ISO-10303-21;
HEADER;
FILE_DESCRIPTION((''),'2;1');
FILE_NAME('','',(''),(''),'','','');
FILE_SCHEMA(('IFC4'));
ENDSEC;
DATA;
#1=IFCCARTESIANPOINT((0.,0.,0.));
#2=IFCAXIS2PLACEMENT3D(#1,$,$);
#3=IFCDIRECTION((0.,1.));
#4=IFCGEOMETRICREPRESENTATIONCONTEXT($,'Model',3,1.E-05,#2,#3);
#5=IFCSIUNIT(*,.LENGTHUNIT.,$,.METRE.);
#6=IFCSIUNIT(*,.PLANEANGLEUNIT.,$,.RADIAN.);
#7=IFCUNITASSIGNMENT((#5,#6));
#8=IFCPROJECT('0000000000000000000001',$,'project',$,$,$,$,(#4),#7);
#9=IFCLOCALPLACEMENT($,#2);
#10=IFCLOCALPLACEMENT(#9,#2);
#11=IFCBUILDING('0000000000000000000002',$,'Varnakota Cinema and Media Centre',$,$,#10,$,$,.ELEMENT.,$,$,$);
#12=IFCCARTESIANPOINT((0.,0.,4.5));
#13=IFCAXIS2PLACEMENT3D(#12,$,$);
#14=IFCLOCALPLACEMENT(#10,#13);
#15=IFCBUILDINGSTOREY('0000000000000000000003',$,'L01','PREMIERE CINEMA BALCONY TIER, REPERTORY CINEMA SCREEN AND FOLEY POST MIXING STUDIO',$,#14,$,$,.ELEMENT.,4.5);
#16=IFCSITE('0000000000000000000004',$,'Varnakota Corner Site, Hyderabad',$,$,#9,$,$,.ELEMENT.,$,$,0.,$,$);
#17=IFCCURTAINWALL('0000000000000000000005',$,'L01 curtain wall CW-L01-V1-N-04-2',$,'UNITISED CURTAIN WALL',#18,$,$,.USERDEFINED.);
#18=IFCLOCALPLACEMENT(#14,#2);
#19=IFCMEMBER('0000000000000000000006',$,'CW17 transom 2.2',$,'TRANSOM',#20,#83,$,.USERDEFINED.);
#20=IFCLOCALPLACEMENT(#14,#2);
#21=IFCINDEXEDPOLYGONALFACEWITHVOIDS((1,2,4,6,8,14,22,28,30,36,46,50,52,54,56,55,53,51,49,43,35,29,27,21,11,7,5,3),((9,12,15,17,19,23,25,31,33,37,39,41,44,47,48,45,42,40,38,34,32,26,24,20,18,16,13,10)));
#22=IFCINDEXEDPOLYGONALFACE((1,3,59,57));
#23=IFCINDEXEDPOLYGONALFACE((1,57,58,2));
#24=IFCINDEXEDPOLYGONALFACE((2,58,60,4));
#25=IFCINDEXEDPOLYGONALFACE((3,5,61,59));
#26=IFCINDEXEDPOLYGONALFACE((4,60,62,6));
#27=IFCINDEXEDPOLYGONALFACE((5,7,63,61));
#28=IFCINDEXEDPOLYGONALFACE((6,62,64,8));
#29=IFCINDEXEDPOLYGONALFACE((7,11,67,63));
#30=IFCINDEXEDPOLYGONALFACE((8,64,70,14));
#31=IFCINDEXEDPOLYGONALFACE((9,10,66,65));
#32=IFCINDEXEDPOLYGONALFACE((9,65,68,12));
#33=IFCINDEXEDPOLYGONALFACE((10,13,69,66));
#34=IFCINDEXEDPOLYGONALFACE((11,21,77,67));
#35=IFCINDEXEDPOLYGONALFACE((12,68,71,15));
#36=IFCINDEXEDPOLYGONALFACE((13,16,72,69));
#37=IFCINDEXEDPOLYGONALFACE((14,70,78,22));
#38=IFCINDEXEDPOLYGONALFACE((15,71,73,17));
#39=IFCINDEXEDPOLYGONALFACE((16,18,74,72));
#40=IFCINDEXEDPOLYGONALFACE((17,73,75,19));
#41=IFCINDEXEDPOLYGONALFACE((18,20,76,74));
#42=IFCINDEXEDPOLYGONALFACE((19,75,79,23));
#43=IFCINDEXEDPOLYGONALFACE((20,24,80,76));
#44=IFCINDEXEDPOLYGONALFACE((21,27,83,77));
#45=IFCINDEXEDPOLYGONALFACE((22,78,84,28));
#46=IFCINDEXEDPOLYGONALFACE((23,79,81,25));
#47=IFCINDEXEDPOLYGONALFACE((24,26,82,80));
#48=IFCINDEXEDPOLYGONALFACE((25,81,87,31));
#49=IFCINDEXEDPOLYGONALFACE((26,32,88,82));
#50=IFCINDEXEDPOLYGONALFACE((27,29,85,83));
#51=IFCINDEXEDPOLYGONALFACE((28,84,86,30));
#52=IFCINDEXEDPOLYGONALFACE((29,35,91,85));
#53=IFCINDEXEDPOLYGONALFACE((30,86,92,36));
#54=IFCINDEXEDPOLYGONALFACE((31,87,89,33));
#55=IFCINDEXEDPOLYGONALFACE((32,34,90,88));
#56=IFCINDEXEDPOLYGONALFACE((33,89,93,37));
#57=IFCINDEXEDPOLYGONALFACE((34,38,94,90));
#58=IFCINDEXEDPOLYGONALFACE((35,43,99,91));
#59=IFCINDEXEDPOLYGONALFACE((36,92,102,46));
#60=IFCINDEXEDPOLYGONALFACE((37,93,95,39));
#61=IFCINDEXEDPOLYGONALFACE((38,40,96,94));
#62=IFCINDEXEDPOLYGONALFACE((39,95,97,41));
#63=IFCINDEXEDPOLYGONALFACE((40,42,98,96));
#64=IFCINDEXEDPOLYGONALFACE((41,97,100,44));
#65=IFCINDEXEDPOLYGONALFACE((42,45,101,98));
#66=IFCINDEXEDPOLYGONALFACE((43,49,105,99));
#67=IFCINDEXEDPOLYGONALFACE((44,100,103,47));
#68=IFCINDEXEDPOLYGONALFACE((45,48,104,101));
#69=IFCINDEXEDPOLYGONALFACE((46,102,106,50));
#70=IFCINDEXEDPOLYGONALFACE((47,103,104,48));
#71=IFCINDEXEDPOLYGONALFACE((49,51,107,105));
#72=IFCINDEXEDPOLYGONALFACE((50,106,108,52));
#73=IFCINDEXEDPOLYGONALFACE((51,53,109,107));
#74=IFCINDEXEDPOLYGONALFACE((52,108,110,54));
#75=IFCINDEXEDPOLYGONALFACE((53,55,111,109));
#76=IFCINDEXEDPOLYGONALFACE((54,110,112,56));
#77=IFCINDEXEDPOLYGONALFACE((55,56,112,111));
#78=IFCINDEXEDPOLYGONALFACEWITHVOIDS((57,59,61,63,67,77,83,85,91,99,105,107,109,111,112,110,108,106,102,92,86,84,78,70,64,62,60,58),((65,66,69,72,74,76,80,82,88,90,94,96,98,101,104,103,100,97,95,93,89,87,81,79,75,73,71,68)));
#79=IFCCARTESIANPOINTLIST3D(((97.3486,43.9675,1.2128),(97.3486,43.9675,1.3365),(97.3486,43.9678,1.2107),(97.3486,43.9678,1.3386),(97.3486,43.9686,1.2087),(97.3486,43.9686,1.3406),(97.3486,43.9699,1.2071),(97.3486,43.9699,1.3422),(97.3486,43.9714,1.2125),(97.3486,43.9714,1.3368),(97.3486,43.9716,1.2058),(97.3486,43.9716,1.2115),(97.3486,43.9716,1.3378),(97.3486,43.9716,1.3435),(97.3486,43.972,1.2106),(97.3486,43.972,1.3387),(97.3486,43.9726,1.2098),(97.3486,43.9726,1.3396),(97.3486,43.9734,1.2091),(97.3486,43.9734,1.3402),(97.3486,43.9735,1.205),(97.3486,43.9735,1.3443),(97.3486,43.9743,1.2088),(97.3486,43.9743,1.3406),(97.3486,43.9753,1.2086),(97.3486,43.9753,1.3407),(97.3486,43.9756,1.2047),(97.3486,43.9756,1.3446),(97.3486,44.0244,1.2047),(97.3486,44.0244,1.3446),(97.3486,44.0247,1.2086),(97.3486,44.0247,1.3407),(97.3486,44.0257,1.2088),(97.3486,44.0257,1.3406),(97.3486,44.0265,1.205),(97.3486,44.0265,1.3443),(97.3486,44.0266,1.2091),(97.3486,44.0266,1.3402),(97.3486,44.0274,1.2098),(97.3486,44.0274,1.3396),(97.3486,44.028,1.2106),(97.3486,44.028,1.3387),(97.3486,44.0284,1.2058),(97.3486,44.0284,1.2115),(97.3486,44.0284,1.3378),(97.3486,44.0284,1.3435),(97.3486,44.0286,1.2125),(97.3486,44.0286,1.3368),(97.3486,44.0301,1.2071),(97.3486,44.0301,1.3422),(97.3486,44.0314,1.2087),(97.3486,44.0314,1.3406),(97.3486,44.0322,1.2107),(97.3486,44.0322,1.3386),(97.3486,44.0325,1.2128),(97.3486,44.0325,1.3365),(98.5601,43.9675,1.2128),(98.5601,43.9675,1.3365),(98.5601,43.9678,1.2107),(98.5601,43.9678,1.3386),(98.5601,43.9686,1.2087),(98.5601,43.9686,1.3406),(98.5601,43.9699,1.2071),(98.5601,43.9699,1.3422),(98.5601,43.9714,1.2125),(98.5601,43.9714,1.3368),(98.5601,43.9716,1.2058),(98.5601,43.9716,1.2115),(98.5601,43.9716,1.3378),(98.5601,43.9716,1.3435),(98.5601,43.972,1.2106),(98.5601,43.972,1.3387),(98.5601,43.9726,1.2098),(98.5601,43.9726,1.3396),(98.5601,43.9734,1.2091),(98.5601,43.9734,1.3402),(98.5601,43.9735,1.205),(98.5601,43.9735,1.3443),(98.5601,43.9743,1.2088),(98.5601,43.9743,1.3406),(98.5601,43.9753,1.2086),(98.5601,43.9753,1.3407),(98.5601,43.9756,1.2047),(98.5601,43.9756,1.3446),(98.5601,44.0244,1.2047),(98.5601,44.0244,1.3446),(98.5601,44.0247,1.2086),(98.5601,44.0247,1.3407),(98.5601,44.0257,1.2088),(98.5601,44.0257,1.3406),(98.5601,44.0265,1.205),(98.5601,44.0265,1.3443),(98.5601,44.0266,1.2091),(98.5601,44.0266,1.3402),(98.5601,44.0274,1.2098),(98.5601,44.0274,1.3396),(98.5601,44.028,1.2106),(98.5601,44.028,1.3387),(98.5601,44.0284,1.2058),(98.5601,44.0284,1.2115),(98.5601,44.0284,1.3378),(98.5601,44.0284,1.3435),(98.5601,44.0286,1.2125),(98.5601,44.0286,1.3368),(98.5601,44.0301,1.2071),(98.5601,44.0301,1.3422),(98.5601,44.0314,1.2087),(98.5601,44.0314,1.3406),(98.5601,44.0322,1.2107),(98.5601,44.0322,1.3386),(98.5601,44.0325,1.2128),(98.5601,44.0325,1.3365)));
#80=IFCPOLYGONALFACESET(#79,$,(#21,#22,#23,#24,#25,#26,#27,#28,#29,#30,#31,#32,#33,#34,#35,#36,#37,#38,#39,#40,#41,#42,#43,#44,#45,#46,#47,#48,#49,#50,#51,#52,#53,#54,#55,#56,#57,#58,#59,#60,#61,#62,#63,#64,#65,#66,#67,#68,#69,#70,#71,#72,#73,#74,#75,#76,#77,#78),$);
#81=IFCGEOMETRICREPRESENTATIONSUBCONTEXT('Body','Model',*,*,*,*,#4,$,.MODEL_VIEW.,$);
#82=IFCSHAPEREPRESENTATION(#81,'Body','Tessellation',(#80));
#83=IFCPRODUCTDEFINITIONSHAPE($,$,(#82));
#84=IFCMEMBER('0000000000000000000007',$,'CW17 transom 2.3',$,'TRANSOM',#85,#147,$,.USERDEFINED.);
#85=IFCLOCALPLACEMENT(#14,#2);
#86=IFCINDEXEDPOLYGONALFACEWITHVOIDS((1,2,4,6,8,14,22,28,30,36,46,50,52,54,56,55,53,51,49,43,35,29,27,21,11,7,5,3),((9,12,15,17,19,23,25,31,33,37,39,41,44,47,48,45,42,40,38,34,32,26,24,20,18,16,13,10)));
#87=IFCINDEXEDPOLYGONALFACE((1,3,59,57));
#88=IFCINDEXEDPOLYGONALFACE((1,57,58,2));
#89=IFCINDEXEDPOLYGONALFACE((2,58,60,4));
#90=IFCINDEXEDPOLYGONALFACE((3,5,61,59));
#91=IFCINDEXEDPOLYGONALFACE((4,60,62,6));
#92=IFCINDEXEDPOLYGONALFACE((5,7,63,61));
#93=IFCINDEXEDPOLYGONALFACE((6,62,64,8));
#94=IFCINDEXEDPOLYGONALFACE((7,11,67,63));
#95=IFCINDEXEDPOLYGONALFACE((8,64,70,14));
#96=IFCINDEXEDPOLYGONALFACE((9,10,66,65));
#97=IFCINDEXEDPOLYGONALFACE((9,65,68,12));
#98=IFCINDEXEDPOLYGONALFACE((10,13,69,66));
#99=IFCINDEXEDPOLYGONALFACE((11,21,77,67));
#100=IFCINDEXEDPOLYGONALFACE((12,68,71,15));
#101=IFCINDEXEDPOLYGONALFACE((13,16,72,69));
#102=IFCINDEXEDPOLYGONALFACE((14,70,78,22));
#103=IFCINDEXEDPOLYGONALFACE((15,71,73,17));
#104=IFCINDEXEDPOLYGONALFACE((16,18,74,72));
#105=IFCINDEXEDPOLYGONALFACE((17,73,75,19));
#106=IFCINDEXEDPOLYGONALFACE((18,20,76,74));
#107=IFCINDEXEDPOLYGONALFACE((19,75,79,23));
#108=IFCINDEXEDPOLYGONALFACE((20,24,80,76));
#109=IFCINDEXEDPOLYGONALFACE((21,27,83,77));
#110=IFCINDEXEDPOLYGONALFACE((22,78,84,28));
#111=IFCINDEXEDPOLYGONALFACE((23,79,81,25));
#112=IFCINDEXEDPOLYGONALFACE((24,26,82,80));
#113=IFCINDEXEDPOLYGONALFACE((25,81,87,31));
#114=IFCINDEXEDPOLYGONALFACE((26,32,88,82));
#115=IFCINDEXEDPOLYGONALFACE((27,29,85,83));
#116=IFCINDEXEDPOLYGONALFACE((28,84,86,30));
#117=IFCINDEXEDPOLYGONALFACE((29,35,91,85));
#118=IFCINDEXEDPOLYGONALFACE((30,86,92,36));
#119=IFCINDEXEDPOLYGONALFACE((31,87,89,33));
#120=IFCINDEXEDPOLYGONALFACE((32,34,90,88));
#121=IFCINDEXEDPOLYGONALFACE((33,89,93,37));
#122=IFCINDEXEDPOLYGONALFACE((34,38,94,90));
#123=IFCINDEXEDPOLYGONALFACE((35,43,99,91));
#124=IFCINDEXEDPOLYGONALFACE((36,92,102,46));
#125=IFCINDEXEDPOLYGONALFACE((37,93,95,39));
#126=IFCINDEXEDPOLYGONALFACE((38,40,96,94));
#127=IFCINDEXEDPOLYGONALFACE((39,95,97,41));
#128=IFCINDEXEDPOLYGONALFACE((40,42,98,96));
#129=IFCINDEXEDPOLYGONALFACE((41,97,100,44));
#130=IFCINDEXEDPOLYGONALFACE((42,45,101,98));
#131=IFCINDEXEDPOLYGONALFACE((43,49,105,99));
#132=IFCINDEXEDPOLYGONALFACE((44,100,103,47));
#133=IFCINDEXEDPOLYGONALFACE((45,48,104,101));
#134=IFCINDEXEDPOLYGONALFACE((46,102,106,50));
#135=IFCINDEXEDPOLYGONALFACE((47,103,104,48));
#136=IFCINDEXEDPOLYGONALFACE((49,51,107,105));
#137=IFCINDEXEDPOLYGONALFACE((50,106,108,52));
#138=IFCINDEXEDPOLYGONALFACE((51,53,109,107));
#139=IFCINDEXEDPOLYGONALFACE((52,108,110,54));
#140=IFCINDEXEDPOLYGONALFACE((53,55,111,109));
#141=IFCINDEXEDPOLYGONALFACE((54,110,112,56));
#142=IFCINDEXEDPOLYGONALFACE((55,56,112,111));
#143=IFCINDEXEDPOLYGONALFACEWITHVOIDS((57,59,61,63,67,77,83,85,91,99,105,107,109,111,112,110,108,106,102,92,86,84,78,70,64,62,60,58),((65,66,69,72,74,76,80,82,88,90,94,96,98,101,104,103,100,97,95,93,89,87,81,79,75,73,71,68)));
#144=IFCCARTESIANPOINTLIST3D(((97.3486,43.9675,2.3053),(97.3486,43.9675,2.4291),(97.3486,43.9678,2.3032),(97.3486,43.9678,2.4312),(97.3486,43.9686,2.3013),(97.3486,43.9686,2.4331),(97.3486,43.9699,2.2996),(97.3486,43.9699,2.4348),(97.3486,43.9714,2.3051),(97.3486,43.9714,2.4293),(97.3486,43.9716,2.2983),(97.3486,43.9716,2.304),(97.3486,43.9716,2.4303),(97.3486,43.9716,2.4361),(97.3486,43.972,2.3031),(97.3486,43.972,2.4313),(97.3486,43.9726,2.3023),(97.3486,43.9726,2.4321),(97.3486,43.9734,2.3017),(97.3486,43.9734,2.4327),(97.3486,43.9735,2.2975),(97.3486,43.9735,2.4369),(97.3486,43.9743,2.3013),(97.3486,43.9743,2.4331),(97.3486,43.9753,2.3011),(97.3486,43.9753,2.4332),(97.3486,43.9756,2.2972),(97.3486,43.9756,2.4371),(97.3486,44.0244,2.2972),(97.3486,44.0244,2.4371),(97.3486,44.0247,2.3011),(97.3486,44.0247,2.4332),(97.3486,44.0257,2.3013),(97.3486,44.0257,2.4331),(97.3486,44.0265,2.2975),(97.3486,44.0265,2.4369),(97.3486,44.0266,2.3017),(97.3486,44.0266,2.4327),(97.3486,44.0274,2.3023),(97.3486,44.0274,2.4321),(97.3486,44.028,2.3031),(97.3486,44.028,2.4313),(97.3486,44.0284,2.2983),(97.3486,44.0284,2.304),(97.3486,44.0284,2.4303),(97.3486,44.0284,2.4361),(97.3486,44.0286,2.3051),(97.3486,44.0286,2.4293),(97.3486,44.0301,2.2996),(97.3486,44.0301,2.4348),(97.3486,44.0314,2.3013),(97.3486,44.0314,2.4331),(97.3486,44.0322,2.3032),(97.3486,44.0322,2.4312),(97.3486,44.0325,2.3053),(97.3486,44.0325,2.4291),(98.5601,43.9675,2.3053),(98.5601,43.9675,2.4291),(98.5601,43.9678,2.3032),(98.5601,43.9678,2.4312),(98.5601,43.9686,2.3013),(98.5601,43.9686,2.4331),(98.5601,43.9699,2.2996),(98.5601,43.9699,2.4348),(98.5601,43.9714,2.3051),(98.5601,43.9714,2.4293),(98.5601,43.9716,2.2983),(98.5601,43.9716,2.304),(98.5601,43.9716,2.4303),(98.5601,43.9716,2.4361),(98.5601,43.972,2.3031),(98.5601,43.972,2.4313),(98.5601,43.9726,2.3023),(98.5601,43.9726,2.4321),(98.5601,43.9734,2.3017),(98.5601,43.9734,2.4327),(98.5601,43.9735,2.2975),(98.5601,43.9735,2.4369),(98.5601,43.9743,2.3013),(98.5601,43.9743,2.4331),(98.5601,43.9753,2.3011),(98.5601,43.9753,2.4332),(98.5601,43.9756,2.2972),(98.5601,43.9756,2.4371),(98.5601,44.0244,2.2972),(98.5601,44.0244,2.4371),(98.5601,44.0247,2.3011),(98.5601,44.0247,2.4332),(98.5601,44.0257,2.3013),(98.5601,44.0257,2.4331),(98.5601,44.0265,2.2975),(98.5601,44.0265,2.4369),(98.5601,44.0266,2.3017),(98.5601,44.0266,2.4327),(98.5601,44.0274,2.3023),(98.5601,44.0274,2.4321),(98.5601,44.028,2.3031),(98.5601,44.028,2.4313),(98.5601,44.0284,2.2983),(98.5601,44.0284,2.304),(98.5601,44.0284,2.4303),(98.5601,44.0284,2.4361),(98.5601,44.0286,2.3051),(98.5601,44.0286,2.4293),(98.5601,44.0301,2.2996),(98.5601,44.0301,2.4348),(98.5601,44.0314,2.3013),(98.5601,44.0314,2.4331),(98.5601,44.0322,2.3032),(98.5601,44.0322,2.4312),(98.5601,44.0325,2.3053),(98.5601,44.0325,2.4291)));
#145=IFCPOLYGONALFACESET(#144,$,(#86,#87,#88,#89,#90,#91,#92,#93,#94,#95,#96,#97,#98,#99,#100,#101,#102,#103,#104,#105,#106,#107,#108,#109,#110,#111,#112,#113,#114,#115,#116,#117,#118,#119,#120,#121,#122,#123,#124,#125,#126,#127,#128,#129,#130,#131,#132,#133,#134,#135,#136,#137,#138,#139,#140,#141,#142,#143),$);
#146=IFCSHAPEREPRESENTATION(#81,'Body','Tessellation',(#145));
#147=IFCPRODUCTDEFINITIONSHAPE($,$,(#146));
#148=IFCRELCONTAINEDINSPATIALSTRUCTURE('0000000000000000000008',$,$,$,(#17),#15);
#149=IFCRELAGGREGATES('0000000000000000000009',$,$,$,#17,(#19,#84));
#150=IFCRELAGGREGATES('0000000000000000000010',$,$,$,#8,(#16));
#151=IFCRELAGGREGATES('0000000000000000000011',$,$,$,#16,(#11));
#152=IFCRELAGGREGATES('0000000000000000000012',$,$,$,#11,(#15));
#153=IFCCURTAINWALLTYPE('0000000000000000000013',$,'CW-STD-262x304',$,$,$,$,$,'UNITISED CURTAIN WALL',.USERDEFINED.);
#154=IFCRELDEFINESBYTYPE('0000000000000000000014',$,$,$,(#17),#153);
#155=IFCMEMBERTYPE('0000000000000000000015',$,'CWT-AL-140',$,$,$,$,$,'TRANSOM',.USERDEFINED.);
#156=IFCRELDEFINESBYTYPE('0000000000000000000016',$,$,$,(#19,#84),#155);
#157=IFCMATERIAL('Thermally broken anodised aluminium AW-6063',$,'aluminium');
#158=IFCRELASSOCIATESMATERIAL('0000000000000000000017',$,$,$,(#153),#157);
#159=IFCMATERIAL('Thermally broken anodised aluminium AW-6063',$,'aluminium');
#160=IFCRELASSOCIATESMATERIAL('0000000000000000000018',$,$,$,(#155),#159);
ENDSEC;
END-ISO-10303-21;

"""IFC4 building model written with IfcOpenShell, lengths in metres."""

from ifc_helpers import new_model, si_unit, direction, frame, origin, origin_2d, place, context, subcontext, project, spatial, hollow_rectangle, extrude, material, material_profile, profile_set, type_object, element, aggregate, save


model = new_model("IFC4")

# Units and contexts
model_context = context("Model", 3, precision=1e-05, world=origin(), true_north=direction((0.0, 1.0)))
body_context = subcontext(model_context, "Body", "Model", "MODEL_VIEW")
ifc_project = project(units=[si_unit("LENGTHUNIT", "METRE"), si_unit("PLANEANGLEUNIT", "RADIAN")], contexts=[model_context])

# Site, building, storey
site_placement = place(None, origin())
site = spatial("IfcSite", under=ifc_project, at=site_placement, Name="Varnakota Corner Site, Hyderabad", CompositionType="ELEMENT", RefElevation=0.0)
building_placement = place(site_placement, origin())
building = spatial("IfcBuilding", under=site, at=building_placement, Name="Varnakota Cinema and Media Centre", CompositionType="ELEMENT")
storey_placement = place(building_placement, frame((0.0, 0.0, 4.5)))
storey = spatial("IfcBuildingStorey", under=building, at=storey_placement, Name="L01", Description="PREMIERE CINEMA BALCONY TIER, REPERTORY CINEMA SCREEN AND FOLEY POST MIXING STUDIO", CompositionType="ELEMENT", Elevation=4.5)

# Curtain wall
ifc_material_1 = material(Name="Thermally broken anodised aluminium AW-6063", Category="aluminium")
curtain_wall_type = type_object("IfcCurtainWallType", Name="CW-STD-262x304", ElementType="UNITISED CURTAIN WALL", PredefinedType="USERDEFINED", material=ifc_material_1)
curtain_wall_1_placement = place(storey_placement, origin())
curtain_wall_1 = element("IfcCurtainWall", 1, at=curtain_wall_1_placement, inside=storey, type_object=curtain_wall_type, Name="L01 curtain wall CW-L01-V1-N-04-2", ObjectType="UNITISED CURTAIN WALL", PredefinedType="USERDEFINED")

# Members
ifc_material_2 = material(Name="Thermally broken anodised aluminium AW-6063", Category="aluminium")
ifc_material_profile_1 = material_profile(ifc_material_2, hollow_rectangle(XDim=0.0649, YDim=0.1399, WallThickness=0.0039, InnerFilletRadius=0.0039, OuterFilletRadius=0.0081, at=origin_2d()), Name="AL-TRANSOM 140x65x4")
ifc_profile_set_1 = profile_set([ifc_material_profile_1], Name="Thermally broken anodised aluminium AW-6063")
member_type_1 = type_object("IfcMemberType", Name="CWT-AL-140", ElementType="TRANSOM", PredefinedType="USERDEFINED", material=ifc_profile_set_1)
member_1_placement = place(storey_placement, frame((97.3486, 44.0, 1.2747), z_axis=(1.0, 0.0, 0.0), x_axis=(0.0, 1.0, 0.0)))
member_1 = element("IfcMember", 2, at=member_1_placement, type_object=member_type_1, Name="CW17 transom 2.2", ObjectType="TRANSOM", PredefinedType="USERDEFINED", context=body_context, shape_type="SweptSolid", body=[
    extrude(hollow_rectangle(XDim=0.0649, YDim=0.1399, WallThickness=0.0039, InnerFilletRadius=0.0039, OuterFilletRadius=0.0081, at=origin_2d()), origin(), (0.0, 0.0, 1.0), 1.2114),
])
member_2_placement = place(storey_placement, frame((97.3486, 44.0, 2.3672), z_axis=(1.0, 0.0, 0.0), x_axis=(0.0, 1.0, 0.0)))
member_2 = element("IfcMember", 3, at=member_2_placement, type_object=member_type_1, Name="CW17 transom 2.3", ObjectType="TRANSOM", PredefinedType="USERDEFINED", context=body_context, shape_type="SweptSolid", body=[
    extrude(hollow_rectangle(XDim=0.0649, YDim=0.1399, WallThickness=0.0039, InnerFilletRadius=0.0039, OuterFilletRadius=0.0081, at=origin_2d()), origin(), (0.0, 0.0, 1.0), 1.2114),
])

aggregate(curtain_wall_1, [member_1, member_2])

save(model, "model.ifc")
